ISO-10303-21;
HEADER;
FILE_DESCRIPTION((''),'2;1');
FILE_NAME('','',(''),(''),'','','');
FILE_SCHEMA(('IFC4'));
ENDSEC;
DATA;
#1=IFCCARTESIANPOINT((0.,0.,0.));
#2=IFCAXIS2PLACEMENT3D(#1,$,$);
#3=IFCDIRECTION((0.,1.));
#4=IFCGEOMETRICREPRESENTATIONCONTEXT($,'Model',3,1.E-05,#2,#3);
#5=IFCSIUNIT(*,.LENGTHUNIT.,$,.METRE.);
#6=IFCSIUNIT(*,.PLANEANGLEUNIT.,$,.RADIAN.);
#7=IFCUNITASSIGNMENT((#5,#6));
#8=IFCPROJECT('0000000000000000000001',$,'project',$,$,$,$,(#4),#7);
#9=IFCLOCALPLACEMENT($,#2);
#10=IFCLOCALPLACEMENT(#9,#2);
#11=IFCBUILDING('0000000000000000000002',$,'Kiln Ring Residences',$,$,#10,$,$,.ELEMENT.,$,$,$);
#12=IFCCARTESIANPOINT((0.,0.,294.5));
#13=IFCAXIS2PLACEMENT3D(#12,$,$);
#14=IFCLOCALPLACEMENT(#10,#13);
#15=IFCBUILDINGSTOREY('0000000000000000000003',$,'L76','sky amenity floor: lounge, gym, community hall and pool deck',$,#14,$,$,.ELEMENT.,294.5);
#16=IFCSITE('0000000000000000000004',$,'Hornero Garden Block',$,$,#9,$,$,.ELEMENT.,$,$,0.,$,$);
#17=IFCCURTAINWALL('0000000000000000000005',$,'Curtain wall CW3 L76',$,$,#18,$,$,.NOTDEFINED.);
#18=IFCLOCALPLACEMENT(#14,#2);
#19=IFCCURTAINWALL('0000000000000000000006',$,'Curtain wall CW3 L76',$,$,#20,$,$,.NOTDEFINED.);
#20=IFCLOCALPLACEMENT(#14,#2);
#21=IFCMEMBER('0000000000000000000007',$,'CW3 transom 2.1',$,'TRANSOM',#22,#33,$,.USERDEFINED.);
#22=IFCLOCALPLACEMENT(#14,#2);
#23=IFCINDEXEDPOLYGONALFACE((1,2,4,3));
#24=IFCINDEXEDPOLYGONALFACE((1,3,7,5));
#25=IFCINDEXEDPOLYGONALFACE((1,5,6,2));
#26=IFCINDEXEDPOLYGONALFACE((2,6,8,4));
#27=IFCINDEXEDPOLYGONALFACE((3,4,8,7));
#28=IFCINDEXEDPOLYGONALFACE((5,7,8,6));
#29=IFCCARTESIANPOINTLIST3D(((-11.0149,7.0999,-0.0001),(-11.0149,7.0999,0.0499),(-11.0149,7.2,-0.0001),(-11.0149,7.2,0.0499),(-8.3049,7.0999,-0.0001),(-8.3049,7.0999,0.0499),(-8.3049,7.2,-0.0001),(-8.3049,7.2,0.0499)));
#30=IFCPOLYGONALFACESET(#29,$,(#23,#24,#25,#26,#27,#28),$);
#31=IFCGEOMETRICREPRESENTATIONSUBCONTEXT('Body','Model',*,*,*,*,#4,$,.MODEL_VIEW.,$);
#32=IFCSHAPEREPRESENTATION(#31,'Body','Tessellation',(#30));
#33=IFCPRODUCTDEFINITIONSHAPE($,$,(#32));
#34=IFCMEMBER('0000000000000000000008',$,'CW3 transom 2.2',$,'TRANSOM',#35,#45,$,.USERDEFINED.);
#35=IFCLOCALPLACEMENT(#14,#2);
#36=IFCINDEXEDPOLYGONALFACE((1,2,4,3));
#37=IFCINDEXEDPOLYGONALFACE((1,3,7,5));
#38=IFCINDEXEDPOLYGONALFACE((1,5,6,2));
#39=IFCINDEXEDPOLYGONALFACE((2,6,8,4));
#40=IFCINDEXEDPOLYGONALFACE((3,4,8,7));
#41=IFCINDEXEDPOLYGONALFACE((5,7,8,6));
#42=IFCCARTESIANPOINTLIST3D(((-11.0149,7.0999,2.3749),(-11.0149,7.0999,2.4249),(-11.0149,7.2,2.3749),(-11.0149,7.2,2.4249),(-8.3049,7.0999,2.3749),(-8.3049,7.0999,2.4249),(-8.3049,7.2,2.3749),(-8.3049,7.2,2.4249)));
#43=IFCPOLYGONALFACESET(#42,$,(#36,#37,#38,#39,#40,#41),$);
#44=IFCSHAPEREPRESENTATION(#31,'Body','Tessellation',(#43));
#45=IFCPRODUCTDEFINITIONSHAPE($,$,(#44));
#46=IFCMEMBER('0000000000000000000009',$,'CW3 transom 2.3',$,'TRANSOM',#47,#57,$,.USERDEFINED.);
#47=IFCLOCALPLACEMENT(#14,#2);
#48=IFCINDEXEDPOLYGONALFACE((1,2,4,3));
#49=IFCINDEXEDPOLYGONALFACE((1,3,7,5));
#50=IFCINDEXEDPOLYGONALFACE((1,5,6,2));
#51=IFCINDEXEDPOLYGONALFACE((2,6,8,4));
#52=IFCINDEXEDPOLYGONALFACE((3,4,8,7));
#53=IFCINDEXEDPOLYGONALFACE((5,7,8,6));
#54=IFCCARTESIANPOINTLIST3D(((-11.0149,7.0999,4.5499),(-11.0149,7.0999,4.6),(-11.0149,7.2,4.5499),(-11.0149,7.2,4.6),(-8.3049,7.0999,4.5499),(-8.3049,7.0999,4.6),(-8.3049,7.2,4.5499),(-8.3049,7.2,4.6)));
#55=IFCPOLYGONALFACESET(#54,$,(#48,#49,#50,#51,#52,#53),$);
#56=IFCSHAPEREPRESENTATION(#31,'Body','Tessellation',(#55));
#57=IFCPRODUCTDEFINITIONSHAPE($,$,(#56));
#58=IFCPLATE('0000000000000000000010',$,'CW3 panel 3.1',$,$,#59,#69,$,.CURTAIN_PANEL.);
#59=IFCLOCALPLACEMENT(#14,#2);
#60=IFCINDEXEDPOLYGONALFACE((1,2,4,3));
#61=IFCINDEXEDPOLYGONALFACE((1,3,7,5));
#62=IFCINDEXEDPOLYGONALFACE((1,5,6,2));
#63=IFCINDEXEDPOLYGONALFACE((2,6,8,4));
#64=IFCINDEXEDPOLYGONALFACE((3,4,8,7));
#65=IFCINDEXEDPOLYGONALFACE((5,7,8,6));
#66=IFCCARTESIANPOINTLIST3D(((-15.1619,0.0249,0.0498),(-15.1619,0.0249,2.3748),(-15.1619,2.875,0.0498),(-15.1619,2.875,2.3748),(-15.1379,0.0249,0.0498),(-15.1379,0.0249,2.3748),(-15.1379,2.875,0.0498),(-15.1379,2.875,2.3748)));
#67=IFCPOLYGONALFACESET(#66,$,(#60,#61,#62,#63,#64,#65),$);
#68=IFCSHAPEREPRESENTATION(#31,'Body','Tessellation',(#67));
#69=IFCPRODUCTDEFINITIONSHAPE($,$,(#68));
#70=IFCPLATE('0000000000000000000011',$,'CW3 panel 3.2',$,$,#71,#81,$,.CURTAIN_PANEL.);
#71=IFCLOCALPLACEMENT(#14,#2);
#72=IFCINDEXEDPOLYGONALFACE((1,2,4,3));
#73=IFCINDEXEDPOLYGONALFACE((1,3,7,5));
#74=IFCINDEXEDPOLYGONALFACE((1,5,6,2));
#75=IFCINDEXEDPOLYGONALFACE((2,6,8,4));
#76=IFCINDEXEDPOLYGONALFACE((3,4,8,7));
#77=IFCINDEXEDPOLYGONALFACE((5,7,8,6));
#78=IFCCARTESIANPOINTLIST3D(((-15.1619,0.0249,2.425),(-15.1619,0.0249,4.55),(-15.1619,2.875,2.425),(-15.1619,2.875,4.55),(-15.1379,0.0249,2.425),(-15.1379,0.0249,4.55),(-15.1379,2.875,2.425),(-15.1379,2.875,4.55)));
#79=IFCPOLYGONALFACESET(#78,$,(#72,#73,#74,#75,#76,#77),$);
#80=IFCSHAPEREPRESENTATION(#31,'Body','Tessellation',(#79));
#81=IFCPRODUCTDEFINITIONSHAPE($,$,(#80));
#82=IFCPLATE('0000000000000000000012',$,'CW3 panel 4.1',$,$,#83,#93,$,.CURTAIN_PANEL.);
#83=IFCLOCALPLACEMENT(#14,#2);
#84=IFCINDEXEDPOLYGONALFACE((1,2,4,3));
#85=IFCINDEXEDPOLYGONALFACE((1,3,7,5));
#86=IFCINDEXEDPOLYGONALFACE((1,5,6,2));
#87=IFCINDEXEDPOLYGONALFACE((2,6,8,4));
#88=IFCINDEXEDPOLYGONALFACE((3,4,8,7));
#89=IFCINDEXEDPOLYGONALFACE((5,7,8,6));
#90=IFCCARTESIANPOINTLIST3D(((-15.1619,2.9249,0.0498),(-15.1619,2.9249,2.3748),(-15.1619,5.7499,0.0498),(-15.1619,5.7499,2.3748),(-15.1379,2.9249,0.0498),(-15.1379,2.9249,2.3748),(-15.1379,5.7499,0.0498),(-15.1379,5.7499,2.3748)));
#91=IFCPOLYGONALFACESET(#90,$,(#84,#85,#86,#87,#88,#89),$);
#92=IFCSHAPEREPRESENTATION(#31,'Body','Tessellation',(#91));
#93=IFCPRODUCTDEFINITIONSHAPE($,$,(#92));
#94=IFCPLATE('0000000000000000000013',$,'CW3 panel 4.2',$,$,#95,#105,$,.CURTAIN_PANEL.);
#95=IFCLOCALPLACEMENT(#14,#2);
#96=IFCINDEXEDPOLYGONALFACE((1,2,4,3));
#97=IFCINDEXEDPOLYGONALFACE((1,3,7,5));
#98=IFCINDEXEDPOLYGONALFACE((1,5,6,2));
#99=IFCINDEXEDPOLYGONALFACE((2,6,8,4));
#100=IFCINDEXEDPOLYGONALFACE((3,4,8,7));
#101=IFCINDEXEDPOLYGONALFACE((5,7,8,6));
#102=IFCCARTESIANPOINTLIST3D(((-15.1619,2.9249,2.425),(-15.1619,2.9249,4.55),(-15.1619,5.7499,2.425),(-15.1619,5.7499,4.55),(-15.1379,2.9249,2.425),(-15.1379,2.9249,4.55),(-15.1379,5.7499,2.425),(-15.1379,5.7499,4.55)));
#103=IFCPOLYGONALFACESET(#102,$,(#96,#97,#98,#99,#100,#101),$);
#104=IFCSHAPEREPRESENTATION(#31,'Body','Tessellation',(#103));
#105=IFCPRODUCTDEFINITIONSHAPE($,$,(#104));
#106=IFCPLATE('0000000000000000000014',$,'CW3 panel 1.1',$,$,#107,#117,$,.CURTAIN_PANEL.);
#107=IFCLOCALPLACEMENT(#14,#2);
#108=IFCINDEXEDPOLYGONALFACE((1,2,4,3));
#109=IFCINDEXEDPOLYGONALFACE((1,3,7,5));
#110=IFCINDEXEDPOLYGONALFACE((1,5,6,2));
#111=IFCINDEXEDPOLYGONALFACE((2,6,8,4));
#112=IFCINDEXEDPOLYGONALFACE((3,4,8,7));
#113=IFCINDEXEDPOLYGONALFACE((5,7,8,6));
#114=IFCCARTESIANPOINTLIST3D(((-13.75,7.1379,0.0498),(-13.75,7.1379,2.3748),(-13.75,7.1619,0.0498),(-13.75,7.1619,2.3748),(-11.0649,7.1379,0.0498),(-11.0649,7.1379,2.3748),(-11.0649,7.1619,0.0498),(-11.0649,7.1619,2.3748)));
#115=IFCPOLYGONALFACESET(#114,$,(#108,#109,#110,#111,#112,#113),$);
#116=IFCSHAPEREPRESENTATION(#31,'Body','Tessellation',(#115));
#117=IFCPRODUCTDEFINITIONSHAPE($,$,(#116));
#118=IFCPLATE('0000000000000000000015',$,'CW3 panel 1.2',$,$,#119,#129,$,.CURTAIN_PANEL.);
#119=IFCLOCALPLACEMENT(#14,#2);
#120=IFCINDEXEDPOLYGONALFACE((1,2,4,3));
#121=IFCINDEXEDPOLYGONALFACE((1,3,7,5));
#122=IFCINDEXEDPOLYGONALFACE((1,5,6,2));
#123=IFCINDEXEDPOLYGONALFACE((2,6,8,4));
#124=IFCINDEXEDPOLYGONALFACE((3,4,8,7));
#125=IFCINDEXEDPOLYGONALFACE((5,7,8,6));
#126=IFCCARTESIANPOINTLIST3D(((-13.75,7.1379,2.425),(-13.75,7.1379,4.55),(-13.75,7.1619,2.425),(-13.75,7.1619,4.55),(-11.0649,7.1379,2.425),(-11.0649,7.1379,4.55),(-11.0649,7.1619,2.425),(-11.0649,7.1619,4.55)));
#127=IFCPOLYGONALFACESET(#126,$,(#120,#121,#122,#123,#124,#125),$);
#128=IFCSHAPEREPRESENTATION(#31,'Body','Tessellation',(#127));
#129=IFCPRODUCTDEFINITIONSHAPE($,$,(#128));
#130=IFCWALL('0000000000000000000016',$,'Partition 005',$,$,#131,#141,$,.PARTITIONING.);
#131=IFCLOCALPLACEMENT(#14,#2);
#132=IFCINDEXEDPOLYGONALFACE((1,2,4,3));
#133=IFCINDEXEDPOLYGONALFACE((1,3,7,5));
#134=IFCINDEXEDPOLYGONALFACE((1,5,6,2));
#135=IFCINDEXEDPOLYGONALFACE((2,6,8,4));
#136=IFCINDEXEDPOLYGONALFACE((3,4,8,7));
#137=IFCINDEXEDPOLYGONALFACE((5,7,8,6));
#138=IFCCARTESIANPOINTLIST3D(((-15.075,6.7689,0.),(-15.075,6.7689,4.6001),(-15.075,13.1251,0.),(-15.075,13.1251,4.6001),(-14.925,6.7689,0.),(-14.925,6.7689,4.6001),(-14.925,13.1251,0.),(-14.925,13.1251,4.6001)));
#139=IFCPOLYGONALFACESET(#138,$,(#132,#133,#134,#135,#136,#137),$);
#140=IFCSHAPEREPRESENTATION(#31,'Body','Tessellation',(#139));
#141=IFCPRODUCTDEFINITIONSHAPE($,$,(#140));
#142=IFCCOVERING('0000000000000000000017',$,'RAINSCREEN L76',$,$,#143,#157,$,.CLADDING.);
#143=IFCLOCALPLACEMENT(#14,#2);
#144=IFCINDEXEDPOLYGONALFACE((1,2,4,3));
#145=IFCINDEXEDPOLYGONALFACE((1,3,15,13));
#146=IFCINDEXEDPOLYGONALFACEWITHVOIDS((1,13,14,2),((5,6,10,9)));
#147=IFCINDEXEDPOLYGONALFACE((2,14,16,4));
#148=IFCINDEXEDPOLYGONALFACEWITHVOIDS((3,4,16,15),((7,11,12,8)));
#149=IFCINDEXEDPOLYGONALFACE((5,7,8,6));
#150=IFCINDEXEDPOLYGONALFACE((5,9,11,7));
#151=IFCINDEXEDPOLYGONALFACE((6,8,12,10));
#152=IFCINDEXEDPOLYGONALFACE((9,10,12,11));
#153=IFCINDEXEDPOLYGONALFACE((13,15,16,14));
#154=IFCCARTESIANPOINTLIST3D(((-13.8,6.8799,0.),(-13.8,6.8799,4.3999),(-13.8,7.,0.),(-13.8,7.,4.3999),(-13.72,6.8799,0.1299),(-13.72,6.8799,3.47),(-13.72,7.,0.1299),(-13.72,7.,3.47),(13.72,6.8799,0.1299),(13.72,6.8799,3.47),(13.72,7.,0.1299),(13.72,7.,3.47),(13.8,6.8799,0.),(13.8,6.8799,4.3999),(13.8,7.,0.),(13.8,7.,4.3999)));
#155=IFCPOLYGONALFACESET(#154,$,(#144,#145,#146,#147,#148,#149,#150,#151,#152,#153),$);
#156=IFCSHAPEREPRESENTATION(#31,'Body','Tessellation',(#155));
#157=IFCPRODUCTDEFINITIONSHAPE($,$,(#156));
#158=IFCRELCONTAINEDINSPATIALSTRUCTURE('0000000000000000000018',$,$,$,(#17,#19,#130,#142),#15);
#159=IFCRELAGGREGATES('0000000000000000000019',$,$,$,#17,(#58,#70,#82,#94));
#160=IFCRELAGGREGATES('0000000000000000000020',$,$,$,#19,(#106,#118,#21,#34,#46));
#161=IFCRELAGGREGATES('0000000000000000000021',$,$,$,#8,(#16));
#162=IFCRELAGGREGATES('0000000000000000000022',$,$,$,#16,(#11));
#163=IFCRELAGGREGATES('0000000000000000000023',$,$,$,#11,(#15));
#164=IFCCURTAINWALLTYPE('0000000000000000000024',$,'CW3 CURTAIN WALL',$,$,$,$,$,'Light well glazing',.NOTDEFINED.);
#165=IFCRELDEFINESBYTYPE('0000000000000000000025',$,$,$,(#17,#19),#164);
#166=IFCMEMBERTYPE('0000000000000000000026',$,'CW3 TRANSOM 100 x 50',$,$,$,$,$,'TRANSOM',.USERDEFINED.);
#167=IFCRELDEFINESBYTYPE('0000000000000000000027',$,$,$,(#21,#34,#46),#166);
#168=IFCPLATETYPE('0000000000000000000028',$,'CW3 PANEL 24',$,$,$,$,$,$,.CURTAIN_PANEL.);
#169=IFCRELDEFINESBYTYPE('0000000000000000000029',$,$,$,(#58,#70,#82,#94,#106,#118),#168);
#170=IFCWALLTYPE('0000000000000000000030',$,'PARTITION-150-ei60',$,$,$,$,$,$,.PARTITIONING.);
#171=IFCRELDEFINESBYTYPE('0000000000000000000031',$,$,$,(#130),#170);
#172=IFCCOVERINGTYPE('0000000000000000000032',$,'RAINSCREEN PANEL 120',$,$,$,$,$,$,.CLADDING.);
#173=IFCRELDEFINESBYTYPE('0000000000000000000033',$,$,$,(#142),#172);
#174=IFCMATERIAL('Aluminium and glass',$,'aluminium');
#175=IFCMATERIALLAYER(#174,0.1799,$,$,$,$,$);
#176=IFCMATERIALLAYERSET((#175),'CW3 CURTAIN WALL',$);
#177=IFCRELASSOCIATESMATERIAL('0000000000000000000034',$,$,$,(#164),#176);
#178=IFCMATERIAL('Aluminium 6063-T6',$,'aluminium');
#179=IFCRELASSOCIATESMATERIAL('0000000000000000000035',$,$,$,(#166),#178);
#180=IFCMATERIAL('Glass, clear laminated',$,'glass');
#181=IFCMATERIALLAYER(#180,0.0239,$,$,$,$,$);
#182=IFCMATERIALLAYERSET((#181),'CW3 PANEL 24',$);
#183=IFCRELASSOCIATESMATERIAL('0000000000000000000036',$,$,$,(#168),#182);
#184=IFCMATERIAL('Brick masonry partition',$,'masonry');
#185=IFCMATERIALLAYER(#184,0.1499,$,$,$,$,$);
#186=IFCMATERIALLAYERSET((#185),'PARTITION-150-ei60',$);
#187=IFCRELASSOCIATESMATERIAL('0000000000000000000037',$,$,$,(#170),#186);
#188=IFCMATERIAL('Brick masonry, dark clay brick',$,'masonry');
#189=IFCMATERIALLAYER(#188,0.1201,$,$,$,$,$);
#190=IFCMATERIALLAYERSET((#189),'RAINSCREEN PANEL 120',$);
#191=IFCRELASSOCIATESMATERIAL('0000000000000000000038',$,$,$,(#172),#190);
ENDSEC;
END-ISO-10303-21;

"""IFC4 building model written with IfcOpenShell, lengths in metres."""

from ifc_helpers import new_model, si_unit, direction, frame, frame_2d, origin, origin_2d, place, context, subcontext, project, spatial, polyline, rectangle, outline, extrude, material, layer, layer_set, material_profile, profile_set, type_object, element, aggregate, save


model = new_model("IFC4")

# Units and contexts
model_context = context("Model", 3, precision=1e-05, world=origin(), true_north=direction((0.0, 1.0)))
body_context = subcontext(model_context, "Body", "Model", "MODEL_VIEW")
ifc_project = project(units=[si_unit("LENGTHUNIT", "METRE"), si_unit("PLANEANGLEUNIT", "RADIAN")], contexts=[model_context])

# Site, building, storey
site_placement = place(None, origin())
site = spatial("IfcSite", under=ifc_project, at=site_placement, Name="Hornero Garden Block", CompositionType="ELEMENT", RefElevation=0.0)
building_placement = place(site_placement, origin())
building = spatial("IfcBuilding", under=site, at=building_placement, Name="Kiln Ring Residences", CompositionType="ELEMENT")
storey_placement = place(building_placement, frame((0.0, 0.0, 294.5)))
storey = spatial("IfcBuildingStorey", under=building, at=storey_placement, Name="L76", Description="sky amenity floor: lounge, gym, community hall and pool deck", CompositionType="ELEMENT", Elevation=294.5)

# Curtain walls
ifc_material_1 = material(Name="Aluminium and glass", Category="aluminium")
ifc_layer_1 = layer(ifc_material_1, 0.1799)
ifc_layer_set_1 = layer_set([ifc_layer_1], Name="CW3 CURTAIN WALL")
curtain_wall_type = type_object("IfcCurtainWallType", Name="CW3 CURTAIN WALL", ElementType="Light well glazing", PredefinedType="NOTDEFINED", material=ifc_layer_set_1)
placement = place(storey_placement, origin())
curtain_wall_1 = element("IfcCurtainWall", 1, at=placement, inside=storey, type_object=curtain_wall_type, Name="Curtain wall CW3 L76", PredefinedType="NOTDEFINED")
curtain_wall_2 = element("IfcCurtainWall", 2, at=placement, inside=storey, type_object=curtain_wall_type, Name="Curtain wall CW3 L76", PredefinedType="NOTDEFINED")

# Members
ifc_material_2 = material(Name="Aluminium 6063-T6", Category="aluminium")
ifc_material_profile_1 = material_profile(ifc_material_2, rectangle(XDim=0.1001, YDim=0.05, at=origin_2d()), Name="AL 100x50")
ifc_profile_set_1 = profile_set([ifc_material_profile_1], Name="Aluminium 6063-T6")
member_type_1 = type_object("IfcMemberType", Name="CW3 TRANSOM 100 x 50", ElementType="TRANSOM", PredefinedType="USERDEFINED", material=ifc_profile_set_1)
member_1_placement = place(storey_placement, frame((-11.0149, 7.1499, 0.0249), z_axis=(1.0, 0.0, 0.0), x_axis=(0.0, 1.0, 0.0)))
member_1 = element("IfcMember", 3, at=member_1_placement, type_object=member_type_1, Name="CW3 transom 2.1", ObjectType="TRANSOM", PredefinedType="USERDEFINED", context=body_context, shape_type="SweptSolid", body=[
    extrude(rectangle(XDim=0.1001, YDim=0.05, at=origin_2d()), origin(), (0.0, 0.0, 1.0), 2.71),
])
member_2_placement = place(storey_placement, frame((-11.0149, 7.1499, 2.3999), z_axis=(1.0, 0.0, 0.0), x_axis=(0.0, 1.0, 0.0)))
member_2 = element("IfcMember", 4, at=member_2_placement, type_object=member_type_1, Name="CW3 transom 2.2", ObjectType="TRANSOM", PredefinedType="USERDEFINED", context=body_context, shape_type="SweptSolid", body=[
    extrude(rectangle(XDim=0.1001, YDim=0.05, at=origin_2d()), origin(), (0.0, 0.0, 1.0), 2.71),
])
member_3_placement = place(storey_placement, frame((-11.0149, 7.1499, 4.575), z_axis=(1.0, 0.0, 0.0), x_axis=(0.0, 1.0, 0.0)))
member_3 = element("IfcMember", 5, at=member_3_placement, type_object=member_type_1, Name="CW3 transom 2.3", ObjectType="TRANSOM", PredefinedType="USERDEFINED", context=body_context, shape_type="SweptSolid", body=[
    extrude(rectangle(XDim=0.1001, YDim=0.05, at=origin_2d()), origin(), (0.0, 0.0, 1.0), 2.71),
])

# Plates
ifc_material_3 = material(Name="Glass, clear laminated", Category="glass")
ifc_layer_2 = layer(ifc_material_3, 0.0239)
ifc_layer_set_2 = layer_set([ifc_layer_2], Name="CW3 PANEL 24")
plate_type = type_object("IfcPlateType", Name="CW3 PANEL 24", PredefinedType="CURTAIN_PANEL", material=ifc_layer_set_2)
plate_1_placement = place(storey_placement, frame((-15.1499, 1.45, 0.0498), z_axis=(0.0, 0.0, 1.0), x_axis=(0.0, 1.0, 0.0)))
plate_1 = element("IfcPlate", 6, at=plate_1_placement, type_object=plate_type, Name="CW3 panel 3.1", PredefinedType="CURTAIN_PANEL", context=body_context, shape_type="SweptSolid", body=[
    extrude(rectangle(XDim=2.8501, YDim=0.0239, at=origin_2d()), origin(), (0.0, 0.0, 1.0), 2.325),
])
plate_2_placement = place(storey_placement, frame((-15.1499, 1.45, 2.425), z_axis=(0.0, 0.0, 1.0), x_axis=(0.0, 1.0, 0.0)))
plate_2 = element("IfcPlate", 7, at=plate_2_placement, type_object=plate_type, Name="CW3 panel 3.2", PredefinedType="CURTAIN_PANEL", context=body_context, shape_type="SweptSolid", body=[
    extrude(rectangle(XDim=2.8501, YDim=0.0239, at=origin_2d()), origin(), (0.0, 0.0, 1.0), 2.125),
])
plate_3_placement = place(storey_placement, frame((-15.1499, 4.3374, 0.0498), z_axis=(0.0, 0.0, 1.0), x_axis=(0.0, 1.0, 0.0)))
plate_3 = element("IfcPlate", 8, at=plate_3_placement, type_object=plate_type, Name="CW3 panel 4.1", PredefinedType="CURTAIN_PANEL", context=body_context, shape_type="SweptSolid", body=[
    extrude(rectangle(XDim=2.825, YDim=0.0239, at=origin_2d()), origin(), (0.0, 0.0, 1.0), 2.325),
])
plate_4_placement = place(storey_placement, frame((-15.1499, 4.3374, 2.425), z_axis=(0.0, 0.0, 1.0), x_axis=(0.0, 1.0, 0.0)))
plate_4 = element("IfcPlate", 9, at=plate_4_placement, type_object=plate_type, Name="CW3 panel 4.2", PredefinedType="CURTAIN_PANEL", context=body_context, shape_type="SweptSolid", body=[
    extrude(rectangle(XDim=2.825, YDim=0.0239, at=origin_2d()), origin(), (0.0, 0.0, 1.0), 2.125),
])
aggregate(curtain_wall_1, [plate_1, plate_2, plate_3, plate_4])
plate_5_placement = place(storey_placement, frame((-12.4075, 7.1499, 0.0498), z_axis=(0.0, 0.0, 1.0), x_axis=(1.0, 0.0, 0.0)))
plate_5 = element("IfcPlate", 10, at=plate_5_placement, type_object=plate_type, Name="CW3 panel 1.1", PredefinedType="CURTAIN_PANEL", context=body_context, shape_type="SweptSolid", body=[
    extrude(rectangle(XDim=2.6851, YDim=0.0239, at=origin_2d()), origin(), (0.0, 0.0, 1.0), 2.325),
])
plate_6_placement = place(storey_placement, frame((-12.4075, 7.1499, 2.425), z_axis=(0.0, 0.0, 1.0), x_axis=(1.0, 0.0, 0.0)))
plate_6 = element("IfcPlate", 11, at=plate_6_placement, type_object=plate_type, Name="CW3 panel 1.2", PredefinedType="CURTAIN_PANEL", context=body_context, shape_type="SweptSolid", body=[
    extrude(rectangle(XDim=2.6851, YDim=0.0239, at=origin_2d()), origin(), (0.0, 0.0, 1.0), 2.125),
])
aggregate(curtain_wall_2, [plate_5, plate_6, member_1, member_2, member_3])

# Wall
ifc_material_4 = material(Name="Brick masonry partition", Category="masonry")
ifc_layer_3 = layer(ifc_material_4, 0.1499)
ifc_layer_set_3 = layer_set([ifc_layer_3], Name="PARTITION-150-ei60")
wall_type = type_object("IfcWallType", Name="PARTITION-150-ei60", PredefinedType="PARTITIONING", material=ifc_layer_set_3)
wall_placement = place(storey_placement, frame((-15.0, 6.7688, 0.0), z_axis=(0.0, 0.0, 1.0), x_axis=(0.0, 1.0, 0.0)))
element("IfcWall", 12, at=wall_placement, inside=storey, type_object=wall_type, Name="Partition 005", PredefinedType="PARTITIONING", context=body_context, shape_type="SweptSolid", body=[
    extrude(rectangle(XDim=6.3562, YDim=0.1499, at=frame_2d((3.1782, 0.0))), origin(), (0.0, 0.0, 1.0), 4.6001),
])

# Covering
ifc_material_5 = material(Name="Brick masonry, dark clay brick", Category="masonry")
ifc_layer_4 = layer(ifc_material_5, 0.1201)
ifc_layer_set_4 = layer_set([ifc_layer_4], Name="RAINSCREEN PANEL 120")
covering_type = type_object("IfcCoveringType", Name="RAINSCREEN PANEL 120", PredefinedType="CLADDING", material=ifc_layer_set_4)
covering_placement = place(storey_placement, frame((-13.8, 6.9399, 0.0), z_axis=(0.0, 0.0, 1.0), x_axis=(1.0, 0.0, 0.0)))
element("IfcCovering", 13, at=covering_placement, inside=storey, type_object=covering_type, Name="RAINSCREEN L76", PredefinedType="CLADDING", context=body_context, shape_type="SweptSolid", body=[
    extrude(outline(polyline([(0.0, 0.0), (27.6001, 0.0), (27.6001, 4.3999), (0.0, 4.3999), (0.0, 0.0)]), holes=[polyline([(0.0801, 3.47), (0.0801, 0.1299), (27.52, 0.1299), (27.52, 3.47), (0.0801, 3.47)])]), frame((0.0, 0.0601, 0.0), z_axis=(0.0, -1.0, 0.0), x_axis=(1.0, 0.0, 0.0)), (0.0, 0.0, 1.0), 0.1201),
])

save(model, "model.ifc")
